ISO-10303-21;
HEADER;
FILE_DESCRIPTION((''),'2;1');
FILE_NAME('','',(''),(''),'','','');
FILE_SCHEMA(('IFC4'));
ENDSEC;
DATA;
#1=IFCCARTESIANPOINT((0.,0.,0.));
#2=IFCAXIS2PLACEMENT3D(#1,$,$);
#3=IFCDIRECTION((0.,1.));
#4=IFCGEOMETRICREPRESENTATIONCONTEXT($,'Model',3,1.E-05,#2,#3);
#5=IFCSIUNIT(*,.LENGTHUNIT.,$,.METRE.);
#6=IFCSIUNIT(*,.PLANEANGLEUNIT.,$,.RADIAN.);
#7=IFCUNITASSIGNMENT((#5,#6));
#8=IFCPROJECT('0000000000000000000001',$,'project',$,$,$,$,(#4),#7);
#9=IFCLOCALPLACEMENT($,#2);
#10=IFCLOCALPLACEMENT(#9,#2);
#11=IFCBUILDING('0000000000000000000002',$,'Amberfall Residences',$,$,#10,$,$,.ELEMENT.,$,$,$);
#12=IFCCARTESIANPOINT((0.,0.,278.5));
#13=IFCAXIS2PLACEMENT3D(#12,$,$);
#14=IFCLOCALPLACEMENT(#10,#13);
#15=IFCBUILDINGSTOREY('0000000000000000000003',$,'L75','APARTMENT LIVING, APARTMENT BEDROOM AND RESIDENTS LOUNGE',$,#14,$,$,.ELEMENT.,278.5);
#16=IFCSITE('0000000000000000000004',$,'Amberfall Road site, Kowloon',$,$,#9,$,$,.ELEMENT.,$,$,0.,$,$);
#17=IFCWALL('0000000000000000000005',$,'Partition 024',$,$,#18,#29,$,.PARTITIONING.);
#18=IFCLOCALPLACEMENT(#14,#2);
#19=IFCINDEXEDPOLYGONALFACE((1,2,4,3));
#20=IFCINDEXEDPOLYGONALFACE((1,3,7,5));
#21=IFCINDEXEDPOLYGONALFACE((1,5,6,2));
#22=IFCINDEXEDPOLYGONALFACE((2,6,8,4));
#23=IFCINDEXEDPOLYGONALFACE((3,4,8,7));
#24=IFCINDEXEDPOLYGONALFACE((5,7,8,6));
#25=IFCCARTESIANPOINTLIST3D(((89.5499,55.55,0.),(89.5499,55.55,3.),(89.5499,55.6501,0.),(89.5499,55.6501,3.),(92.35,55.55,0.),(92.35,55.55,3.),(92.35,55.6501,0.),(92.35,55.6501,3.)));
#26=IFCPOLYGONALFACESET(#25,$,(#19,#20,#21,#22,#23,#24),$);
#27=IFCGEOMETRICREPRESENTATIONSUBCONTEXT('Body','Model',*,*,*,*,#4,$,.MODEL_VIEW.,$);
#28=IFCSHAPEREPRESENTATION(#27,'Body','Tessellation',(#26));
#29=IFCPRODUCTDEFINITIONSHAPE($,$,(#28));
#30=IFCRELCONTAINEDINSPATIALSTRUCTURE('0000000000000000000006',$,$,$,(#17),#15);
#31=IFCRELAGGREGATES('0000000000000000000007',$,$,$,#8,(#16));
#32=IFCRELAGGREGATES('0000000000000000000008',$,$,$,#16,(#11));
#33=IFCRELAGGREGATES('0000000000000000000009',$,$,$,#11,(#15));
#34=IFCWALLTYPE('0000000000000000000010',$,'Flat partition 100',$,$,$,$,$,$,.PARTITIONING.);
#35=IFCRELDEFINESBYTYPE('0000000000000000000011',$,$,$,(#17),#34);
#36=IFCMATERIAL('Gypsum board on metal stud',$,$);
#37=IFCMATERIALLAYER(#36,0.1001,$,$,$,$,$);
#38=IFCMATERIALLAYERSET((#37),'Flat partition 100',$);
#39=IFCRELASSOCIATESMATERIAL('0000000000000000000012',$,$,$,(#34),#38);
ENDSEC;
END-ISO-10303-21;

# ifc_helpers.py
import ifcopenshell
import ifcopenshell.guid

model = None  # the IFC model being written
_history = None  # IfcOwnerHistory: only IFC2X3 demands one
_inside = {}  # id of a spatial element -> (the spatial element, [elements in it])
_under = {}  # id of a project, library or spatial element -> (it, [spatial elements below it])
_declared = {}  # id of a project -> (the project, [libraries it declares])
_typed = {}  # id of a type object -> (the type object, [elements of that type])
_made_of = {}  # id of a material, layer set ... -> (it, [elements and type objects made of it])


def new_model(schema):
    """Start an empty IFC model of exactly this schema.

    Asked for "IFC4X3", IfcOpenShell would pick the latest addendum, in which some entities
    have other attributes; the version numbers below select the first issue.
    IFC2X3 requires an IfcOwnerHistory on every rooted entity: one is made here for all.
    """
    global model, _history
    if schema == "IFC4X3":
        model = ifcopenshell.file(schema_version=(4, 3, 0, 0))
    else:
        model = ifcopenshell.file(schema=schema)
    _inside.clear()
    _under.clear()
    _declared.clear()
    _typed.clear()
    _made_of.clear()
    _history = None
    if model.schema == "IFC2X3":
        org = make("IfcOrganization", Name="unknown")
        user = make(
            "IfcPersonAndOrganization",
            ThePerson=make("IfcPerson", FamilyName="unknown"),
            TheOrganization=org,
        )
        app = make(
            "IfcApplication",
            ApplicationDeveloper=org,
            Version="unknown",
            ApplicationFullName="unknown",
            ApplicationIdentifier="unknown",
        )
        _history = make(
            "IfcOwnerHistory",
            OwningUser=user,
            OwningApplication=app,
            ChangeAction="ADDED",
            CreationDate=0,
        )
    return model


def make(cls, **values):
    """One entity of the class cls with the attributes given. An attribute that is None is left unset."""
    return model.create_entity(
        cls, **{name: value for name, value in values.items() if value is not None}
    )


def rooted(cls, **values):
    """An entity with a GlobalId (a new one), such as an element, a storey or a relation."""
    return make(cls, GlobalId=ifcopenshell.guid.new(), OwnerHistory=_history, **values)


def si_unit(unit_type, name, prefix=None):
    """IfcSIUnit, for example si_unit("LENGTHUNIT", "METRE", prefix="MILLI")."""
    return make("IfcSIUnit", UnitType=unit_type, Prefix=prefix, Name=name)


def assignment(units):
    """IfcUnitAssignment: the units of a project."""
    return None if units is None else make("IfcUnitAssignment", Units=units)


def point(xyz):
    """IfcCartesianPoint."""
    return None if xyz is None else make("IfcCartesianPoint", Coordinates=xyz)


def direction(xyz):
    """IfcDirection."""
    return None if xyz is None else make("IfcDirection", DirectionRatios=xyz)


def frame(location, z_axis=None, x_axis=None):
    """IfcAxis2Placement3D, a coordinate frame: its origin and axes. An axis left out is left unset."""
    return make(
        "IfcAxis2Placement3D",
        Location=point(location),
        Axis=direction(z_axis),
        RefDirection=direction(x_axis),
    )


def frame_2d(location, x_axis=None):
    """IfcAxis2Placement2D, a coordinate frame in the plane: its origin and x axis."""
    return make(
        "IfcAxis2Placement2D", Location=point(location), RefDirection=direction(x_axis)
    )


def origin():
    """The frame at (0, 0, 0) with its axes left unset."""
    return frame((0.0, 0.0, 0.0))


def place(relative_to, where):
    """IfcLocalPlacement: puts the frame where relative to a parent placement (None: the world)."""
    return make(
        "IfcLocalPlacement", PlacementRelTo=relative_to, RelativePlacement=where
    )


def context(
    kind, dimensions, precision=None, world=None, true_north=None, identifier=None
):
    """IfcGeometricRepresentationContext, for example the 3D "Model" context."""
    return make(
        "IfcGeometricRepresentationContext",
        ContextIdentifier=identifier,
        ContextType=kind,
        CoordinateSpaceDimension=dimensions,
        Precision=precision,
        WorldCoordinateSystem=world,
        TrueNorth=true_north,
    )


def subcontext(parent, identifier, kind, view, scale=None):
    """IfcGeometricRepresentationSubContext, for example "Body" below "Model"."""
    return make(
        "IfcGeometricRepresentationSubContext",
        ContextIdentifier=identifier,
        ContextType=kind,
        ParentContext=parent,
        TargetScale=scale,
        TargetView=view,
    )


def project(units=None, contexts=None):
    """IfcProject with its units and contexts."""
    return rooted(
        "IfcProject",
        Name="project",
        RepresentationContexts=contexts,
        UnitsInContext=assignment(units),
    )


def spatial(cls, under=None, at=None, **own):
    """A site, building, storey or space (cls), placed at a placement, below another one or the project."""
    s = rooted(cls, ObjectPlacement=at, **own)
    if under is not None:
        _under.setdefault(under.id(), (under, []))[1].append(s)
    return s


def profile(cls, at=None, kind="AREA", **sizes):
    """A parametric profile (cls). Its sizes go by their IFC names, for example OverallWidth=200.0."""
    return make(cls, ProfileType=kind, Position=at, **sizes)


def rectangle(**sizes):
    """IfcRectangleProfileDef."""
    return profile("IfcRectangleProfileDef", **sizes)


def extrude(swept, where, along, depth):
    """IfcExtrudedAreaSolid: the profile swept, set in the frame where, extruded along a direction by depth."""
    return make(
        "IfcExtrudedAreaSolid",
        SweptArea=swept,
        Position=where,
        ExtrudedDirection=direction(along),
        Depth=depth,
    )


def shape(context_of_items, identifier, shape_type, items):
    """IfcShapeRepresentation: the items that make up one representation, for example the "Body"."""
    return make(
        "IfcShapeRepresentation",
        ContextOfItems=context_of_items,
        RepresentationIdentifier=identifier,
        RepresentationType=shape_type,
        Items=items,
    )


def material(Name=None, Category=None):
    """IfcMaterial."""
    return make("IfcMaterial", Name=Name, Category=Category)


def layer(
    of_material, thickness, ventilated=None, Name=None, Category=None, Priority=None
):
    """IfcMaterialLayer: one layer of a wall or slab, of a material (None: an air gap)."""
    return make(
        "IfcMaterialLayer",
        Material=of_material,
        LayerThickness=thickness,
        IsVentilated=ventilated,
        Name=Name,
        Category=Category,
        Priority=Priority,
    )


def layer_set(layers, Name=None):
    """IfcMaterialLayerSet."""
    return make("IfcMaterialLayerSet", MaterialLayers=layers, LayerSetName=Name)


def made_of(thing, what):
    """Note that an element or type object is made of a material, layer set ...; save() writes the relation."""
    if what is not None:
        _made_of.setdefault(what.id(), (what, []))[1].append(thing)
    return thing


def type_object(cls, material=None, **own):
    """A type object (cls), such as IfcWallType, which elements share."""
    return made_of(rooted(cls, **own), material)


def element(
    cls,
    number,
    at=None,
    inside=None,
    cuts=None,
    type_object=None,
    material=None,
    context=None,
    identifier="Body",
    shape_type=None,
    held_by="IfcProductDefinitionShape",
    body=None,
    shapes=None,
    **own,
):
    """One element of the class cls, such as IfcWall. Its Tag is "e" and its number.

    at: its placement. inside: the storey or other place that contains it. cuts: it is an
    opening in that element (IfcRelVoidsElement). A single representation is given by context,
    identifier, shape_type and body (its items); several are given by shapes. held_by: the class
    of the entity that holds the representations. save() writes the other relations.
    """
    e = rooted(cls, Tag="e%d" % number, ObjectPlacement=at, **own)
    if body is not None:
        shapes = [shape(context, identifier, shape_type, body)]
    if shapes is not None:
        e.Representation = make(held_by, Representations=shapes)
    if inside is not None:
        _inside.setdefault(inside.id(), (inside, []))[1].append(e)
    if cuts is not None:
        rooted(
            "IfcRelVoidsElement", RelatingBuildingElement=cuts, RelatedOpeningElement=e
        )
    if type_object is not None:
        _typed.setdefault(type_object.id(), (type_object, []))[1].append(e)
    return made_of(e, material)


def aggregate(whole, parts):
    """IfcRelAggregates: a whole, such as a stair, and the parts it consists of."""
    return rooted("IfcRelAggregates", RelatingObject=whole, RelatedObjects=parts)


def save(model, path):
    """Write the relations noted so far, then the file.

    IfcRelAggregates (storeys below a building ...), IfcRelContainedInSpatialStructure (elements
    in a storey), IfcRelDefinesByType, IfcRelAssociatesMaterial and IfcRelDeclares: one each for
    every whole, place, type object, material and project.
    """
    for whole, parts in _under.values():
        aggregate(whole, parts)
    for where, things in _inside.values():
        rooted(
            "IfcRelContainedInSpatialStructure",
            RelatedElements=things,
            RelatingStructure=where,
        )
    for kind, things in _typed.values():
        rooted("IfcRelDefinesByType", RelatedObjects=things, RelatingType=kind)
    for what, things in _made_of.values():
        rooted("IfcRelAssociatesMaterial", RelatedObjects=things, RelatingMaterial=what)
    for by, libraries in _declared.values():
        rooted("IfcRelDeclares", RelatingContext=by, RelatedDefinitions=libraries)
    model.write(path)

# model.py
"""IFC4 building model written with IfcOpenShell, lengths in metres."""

from ifc_helpers import new_model, si_unit, direction, frame, frame_2d, origin, place, context, subcontext, project, spatial, rectangle, extrude, material, layer, layer_set, type_object, element, save


model = new_model("IFC4")

# Units and contexts
model_context = context("Model", 3, precision=1e-05, world=origin(), true_north=direction((0.0, 1.0)))
body_context = subcontext(model_context, "Body", "Model", "MODEL_VIEW")
ifc_project = project(units=[si_unit("LENGTHUNIT", "METRE"), si_unit("PLANEANGLEUNIT", "RADIAN")], contexts=[model_context])

# Site, building, storey
site_placement = place(None, origin())
site = spatial("IfcSite", under=ifc_project, at=site_placement, Name="Amberfall Road site, Kowloon", CompositionType="ELEMENT", RefElevation=0.0)
building_placement = place(site_placement, origin())
building = spatial("IfcBuilding", under=site, at=building_placement, Name="Amberfall Residences", CompositionType="ELEMENT")
storey_placement = place(building_placement, frame((0.0, 0.0, 278.5)))
storey = spatial("IfcBuildingStorey", under=building, at=storey_placement, Name="L75", Description="APARTMENT LIVING, APARTMENT BEDROOM AND RESIDENTS LOUNGE", CompositionType="ELEMENT", Elevation=278.5)

# Shared definitions
ifc_material_1 = material(Name="Gypsum board on metal stud")
ifc_layer_1 = layer(ifc_material_1, 0.1001)
ifc_layer_set_1 = layer_set([ifc_layer_1], Name="Flat partition 100")
wall_type_1 = type_object("IfcWallType", Name="Flat partition 100", PredefinedType="PARTITIONING", material=ifc_layer_set_1)

# Wall
for number, where, z_axis, x_axis, name in (
    (1, (89.55, 55.6001, 0.0), (0.0, 0.0, 1.0), (1.0, 0.0, 0.0), "Partition 024"),
):
    element("IfcWall", number, at=place(storey_placement, frame(where, z_axis=z_axis, x_axis=x_axis)), inside=storey, type_object=wall_type_1, Name=name, PredefinedType="PARTITIONING", context=body_context, shape_type="SweptSolid", body=[
        extrude(rectangle(XDim=2.8, YDim=0.1001, at=frame_2d((1.3999, 0.0))), origin(), (0.0, 0.0, 1.0), 3.0),
    ])

save(model, "model.ifc")
